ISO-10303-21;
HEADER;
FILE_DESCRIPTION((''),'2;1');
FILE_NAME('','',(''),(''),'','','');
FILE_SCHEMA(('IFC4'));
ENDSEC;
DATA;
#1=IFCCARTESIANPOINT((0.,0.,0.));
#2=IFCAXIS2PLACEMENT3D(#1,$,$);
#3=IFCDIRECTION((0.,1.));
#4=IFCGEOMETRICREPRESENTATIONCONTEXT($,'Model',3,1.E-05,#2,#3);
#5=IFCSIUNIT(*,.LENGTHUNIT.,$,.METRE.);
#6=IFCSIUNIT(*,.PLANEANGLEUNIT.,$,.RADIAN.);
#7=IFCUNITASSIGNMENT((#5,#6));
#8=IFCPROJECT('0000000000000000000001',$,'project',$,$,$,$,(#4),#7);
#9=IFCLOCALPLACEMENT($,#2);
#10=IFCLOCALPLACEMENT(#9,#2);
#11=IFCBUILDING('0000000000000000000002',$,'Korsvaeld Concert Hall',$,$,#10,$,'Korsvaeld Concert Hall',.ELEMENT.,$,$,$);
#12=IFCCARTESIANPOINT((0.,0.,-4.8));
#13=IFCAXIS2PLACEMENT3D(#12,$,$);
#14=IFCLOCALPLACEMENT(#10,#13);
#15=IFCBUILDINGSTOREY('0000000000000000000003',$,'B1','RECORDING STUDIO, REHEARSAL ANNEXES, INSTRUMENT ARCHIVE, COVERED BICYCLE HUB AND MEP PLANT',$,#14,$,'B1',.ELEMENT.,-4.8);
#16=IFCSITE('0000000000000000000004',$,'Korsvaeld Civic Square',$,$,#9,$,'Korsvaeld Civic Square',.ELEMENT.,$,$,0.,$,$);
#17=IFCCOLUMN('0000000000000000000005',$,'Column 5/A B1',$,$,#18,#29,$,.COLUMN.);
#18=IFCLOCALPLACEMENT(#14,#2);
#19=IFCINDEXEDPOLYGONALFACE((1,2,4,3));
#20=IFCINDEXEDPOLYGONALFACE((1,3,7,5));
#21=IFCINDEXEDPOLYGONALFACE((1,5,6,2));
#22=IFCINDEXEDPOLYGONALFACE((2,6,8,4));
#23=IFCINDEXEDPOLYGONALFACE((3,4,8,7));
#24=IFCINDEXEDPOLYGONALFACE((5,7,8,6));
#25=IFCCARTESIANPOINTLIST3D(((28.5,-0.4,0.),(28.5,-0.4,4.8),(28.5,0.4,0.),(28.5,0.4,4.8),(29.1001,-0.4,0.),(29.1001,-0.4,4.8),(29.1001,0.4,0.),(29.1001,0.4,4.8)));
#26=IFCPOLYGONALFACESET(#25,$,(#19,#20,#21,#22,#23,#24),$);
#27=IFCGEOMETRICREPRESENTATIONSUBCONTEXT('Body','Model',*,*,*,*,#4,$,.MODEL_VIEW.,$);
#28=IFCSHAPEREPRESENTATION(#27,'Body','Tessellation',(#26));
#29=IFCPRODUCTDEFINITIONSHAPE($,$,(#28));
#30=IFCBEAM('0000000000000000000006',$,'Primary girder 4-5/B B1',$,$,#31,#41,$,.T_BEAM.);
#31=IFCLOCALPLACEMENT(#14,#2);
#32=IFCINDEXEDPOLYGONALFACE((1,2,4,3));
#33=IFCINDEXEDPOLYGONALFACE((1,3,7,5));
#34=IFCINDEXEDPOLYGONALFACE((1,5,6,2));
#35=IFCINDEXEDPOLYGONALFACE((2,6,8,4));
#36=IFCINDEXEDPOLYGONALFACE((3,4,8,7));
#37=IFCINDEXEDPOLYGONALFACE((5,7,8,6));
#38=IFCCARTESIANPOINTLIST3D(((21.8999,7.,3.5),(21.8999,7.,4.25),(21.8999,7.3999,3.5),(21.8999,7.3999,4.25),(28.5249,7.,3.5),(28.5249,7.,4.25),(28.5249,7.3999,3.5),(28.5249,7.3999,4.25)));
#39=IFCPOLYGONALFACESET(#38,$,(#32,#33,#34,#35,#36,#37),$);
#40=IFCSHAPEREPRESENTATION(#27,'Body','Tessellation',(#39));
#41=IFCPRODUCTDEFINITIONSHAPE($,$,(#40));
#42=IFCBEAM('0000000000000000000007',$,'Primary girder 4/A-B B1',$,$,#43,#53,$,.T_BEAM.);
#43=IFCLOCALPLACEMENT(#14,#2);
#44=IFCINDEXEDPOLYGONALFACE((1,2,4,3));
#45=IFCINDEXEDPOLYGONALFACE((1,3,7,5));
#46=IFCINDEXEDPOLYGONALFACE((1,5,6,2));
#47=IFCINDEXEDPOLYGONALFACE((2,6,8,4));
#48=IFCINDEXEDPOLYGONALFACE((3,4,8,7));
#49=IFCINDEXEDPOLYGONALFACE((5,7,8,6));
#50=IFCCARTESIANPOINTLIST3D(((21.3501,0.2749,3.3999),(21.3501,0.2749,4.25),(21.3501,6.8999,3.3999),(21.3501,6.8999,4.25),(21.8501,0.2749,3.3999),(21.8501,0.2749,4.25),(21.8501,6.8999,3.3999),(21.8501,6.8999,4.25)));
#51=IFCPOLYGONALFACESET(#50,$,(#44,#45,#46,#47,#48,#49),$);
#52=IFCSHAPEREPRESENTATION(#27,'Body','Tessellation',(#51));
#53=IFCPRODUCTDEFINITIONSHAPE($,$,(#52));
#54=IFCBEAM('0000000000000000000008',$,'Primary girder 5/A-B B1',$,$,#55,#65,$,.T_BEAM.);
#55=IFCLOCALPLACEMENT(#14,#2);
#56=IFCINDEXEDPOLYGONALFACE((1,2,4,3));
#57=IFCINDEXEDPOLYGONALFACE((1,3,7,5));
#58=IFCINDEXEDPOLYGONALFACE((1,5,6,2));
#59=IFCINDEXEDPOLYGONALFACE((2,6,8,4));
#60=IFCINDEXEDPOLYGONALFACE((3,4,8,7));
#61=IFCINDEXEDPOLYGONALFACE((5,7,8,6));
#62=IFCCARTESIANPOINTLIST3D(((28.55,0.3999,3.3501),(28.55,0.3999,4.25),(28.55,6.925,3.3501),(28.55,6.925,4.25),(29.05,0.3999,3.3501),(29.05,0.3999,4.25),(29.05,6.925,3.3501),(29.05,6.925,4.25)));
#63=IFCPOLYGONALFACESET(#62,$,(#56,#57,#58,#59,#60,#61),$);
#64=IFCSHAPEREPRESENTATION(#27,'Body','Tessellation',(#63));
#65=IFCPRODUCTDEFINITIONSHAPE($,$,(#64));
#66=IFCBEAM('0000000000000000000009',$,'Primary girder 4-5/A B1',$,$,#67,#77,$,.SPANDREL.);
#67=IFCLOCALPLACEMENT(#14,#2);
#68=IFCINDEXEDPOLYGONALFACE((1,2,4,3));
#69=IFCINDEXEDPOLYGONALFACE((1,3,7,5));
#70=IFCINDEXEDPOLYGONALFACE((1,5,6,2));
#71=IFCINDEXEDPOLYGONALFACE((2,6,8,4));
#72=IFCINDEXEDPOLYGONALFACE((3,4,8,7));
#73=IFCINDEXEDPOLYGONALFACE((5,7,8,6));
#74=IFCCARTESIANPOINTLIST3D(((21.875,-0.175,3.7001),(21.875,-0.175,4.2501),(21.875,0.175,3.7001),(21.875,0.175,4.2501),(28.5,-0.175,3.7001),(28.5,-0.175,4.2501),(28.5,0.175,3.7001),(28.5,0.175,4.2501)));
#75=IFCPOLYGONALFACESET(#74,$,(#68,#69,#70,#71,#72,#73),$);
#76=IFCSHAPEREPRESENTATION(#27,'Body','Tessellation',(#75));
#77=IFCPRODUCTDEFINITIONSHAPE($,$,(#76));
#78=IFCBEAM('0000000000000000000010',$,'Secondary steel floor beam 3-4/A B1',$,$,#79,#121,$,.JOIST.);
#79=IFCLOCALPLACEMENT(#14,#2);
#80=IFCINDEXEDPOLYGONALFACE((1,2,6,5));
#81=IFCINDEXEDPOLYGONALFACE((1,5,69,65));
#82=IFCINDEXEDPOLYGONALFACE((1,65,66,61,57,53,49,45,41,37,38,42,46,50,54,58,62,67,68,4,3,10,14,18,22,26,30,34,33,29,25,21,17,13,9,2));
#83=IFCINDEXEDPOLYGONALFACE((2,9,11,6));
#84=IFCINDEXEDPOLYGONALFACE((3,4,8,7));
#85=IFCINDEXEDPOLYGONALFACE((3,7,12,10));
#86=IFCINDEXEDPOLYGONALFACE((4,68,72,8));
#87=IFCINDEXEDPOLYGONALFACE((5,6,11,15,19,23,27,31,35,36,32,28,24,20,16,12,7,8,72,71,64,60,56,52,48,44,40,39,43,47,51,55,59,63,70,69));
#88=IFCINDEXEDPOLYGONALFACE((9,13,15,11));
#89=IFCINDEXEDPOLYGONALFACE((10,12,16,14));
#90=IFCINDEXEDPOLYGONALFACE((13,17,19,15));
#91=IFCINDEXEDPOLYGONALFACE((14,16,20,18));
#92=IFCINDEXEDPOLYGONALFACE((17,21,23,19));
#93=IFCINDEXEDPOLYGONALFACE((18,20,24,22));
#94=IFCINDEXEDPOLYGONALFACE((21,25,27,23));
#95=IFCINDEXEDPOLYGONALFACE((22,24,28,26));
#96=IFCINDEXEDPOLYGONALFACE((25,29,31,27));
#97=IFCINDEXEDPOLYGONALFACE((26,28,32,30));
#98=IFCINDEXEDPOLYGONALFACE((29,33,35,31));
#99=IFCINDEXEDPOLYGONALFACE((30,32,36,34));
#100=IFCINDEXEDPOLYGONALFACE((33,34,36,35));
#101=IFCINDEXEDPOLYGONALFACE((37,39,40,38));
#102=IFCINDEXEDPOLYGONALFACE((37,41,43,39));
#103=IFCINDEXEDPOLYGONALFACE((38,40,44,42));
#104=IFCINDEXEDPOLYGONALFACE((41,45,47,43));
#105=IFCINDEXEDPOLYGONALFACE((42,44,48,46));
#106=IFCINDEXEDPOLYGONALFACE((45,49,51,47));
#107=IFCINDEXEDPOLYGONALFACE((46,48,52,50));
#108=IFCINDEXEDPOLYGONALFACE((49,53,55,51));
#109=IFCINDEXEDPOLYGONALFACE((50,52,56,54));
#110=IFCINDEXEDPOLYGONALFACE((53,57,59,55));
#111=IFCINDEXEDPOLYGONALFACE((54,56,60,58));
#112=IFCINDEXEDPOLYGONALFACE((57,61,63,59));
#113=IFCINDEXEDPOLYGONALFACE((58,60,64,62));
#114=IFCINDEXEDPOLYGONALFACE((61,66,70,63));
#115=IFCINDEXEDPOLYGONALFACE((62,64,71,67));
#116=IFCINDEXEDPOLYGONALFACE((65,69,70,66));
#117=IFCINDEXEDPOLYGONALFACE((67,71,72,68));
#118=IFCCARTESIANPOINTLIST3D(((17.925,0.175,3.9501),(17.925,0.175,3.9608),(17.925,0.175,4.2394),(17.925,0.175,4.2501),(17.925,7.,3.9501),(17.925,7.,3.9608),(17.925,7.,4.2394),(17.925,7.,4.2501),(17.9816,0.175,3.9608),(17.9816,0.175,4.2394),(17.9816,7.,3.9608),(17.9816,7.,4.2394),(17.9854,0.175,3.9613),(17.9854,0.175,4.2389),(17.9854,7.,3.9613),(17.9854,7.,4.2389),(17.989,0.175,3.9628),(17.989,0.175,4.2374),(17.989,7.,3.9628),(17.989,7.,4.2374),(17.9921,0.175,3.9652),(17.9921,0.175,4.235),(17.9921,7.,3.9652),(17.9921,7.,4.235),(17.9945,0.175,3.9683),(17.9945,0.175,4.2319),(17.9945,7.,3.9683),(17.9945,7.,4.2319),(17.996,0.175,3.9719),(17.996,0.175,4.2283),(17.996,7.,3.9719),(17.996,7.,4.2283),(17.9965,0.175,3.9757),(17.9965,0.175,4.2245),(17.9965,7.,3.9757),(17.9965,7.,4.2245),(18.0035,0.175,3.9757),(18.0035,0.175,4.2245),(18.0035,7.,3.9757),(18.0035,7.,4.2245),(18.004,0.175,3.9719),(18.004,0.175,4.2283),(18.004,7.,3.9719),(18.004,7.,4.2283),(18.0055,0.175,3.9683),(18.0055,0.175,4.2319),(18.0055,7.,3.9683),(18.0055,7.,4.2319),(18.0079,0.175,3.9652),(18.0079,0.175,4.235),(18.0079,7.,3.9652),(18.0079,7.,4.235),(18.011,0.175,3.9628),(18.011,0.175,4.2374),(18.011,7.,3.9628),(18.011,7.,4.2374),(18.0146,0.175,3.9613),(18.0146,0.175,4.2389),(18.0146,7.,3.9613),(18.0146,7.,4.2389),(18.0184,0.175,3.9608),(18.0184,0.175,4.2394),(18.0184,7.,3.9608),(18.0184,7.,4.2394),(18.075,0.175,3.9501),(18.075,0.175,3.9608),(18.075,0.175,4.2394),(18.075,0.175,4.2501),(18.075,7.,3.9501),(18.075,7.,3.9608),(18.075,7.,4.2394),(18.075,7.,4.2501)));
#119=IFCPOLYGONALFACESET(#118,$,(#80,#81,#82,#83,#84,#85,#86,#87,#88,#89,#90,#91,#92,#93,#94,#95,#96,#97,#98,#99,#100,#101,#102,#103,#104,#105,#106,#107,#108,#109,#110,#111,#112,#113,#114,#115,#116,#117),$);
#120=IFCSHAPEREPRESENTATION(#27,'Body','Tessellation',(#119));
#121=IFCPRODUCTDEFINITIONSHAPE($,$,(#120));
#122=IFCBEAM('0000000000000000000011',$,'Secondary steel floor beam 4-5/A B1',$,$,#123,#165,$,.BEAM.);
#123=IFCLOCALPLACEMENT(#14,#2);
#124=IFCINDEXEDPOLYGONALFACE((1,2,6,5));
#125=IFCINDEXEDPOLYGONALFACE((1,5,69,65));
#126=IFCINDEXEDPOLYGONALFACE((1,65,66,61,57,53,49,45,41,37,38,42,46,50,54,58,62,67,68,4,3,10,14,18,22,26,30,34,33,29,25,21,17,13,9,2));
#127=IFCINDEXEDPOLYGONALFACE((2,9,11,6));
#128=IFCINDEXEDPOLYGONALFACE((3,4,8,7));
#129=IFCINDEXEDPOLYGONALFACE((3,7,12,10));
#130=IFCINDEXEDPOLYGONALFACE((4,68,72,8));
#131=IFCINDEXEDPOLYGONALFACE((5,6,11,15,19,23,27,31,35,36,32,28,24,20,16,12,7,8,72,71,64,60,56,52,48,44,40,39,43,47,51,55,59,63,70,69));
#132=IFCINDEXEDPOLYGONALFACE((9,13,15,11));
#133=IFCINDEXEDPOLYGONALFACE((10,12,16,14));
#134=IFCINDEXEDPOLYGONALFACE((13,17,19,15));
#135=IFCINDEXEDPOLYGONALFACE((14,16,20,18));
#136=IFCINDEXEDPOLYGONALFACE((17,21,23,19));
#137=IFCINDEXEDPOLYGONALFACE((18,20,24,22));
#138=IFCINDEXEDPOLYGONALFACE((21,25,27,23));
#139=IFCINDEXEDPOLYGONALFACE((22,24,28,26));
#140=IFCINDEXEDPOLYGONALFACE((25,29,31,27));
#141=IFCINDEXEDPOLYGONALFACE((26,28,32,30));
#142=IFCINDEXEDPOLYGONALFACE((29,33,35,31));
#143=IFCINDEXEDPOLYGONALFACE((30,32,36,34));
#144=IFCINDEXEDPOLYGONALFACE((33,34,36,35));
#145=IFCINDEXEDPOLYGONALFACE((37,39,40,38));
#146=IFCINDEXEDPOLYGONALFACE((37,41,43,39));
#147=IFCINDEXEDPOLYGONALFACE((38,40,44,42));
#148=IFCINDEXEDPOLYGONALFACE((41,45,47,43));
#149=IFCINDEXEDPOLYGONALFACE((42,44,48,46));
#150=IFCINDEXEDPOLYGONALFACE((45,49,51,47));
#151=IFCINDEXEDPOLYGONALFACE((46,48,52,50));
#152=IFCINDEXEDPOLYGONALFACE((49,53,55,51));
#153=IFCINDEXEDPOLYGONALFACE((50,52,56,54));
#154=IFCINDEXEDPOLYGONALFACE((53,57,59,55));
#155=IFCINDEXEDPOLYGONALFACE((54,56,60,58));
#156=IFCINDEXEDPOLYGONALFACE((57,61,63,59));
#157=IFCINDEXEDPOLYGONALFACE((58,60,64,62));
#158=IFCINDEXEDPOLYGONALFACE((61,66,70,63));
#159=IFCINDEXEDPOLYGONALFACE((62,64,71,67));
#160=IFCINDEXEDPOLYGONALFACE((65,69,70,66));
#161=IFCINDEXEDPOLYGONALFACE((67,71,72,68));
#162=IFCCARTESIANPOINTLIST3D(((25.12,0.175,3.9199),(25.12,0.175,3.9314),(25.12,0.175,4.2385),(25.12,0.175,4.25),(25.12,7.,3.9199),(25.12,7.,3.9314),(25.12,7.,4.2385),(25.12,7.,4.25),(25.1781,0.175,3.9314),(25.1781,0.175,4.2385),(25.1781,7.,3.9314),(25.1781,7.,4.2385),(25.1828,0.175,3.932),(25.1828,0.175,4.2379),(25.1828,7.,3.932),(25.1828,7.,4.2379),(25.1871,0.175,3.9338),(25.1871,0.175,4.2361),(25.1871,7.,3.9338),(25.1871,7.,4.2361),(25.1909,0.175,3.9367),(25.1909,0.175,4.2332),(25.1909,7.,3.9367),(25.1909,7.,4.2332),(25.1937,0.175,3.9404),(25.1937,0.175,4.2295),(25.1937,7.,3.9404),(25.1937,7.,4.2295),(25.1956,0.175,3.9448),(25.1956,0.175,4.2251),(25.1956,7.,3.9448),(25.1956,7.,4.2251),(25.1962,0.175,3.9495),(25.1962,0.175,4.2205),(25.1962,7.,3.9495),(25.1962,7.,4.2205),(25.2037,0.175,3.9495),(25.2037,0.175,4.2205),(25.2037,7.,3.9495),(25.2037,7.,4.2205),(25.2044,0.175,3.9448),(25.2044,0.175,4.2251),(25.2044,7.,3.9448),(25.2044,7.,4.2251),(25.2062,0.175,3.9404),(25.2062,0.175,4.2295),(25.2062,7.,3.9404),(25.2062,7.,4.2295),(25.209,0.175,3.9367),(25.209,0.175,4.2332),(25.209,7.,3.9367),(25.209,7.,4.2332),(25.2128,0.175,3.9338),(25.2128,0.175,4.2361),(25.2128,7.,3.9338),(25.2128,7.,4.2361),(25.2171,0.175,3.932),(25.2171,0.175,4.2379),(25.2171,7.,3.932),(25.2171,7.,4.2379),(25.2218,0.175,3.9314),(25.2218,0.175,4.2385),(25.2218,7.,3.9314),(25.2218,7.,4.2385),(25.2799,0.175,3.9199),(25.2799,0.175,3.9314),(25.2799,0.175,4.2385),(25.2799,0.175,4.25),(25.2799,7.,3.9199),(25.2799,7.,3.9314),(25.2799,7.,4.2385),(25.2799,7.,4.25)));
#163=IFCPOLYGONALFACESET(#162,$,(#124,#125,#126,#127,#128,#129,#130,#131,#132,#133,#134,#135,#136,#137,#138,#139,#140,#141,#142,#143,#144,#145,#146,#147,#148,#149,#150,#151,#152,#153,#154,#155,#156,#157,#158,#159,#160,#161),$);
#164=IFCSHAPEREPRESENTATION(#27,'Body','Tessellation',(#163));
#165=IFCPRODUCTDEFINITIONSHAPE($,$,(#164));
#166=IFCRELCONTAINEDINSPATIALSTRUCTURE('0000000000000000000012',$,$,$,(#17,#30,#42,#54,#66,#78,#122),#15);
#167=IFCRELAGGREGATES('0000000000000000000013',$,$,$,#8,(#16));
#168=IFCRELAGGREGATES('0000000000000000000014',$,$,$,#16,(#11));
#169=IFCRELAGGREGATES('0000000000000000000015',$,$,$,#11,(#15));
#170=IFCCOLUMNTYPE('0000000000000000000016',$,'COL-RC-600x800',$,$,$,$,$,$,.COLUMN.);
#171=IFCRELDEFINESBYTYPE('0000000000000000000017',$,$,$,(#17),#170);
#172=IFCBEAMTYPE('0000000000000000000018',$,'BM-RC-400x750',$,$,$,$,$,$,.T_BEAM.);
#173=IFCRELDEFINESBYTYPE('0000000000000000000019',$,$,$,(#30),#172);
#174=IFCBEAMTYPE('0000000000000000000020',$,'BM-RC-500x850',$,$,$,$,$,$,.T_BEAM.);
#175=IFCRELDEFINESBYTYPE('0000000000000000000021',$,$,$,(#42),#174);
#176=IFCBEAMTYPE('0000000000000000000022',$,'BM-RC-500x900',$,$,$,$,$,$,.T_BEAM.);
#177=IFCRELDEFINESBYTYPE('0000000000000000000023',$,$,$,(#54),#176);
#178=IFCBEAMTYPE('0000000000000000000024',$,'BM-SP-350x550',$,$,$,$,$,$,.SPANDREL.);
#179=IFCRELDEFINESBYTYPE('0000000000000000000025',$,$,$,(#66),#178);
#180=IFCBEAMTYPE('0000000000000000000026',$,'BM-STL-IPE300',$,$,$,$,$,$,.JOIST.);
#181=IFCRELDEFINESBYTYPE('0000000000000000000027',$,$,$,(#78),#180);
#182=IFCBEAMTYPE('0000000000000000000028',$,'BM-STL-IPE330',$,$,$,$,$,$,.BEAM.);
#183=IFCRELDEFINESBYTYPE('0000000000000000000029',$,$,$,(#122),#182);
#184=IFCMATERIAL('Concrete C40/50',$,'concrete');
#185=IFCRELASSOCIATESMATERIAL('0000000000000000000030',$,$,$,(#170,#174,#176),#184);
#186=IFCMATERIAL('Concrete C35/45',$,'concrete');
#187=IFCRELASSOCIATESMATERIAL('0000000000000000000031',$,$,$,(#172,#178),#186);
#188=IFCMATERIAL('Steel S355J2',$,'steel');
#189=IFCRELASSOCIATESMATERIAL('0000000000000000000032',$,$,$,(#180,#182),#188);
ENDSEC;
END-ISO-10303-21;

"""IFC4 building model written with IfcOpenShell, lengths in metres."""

from ifc_helpers import new_model, si_unit, direction, frame, origin, origin_2d, place, context, subcontext, project, spatial, rectangle, i_section, extrude, material, material_profile, profile_set, type_object, element, save


model = new_model("IFC4")

# Units and contexts
model_context = context("Model", 3, precision=1e-05, world=origin(), true_north=direction((0.0, 1.0)))
body_context = subcontext(model_context, "Body", "Model", "MODEL_VIEW")
ifc_project = project(units=[si_unit("LENGTHUNIT", "METRE"), si_unit("PLANEANGLEUNIT", "RADIAN")], contexts=[model_context])

# Site, building, storey
site_placement = place(None, origin())
site = spatial("IfcSite", under=ifc_project, at=site_placement, Name="Korsvaeld Civic Square", LongName="Korsvaeld Civic Square", CompositionType="ELEMENT", RefElevation=0.0)
building_placement = place(site_placement, origin())
building = spatial("IfcBuilding", under=site, at=building_placement, Name="Korsvaeld Concert Hall", LongName="Korsvaeld Concert Hall", CompositionType="ELEMENT")
storey_placement = place(building_placement, frame((0.0, 0.0, -4.8)))
storey = spatial("IfcBuildingStorey", under=building, at=storey_placement, Name="B1", Description="RECORDING STUDIO, REHEARSAL ANNEXES, INSTRUMENT ARCHIVE, COVERED BICYCLE HUB AND MEP PLANT", LongName="B1", CompositionType="ELEMENT", Elevation=-4.8)

# Shared definitions
ifc_material_1 = material(Name="Concrete C35/45", Category="concrete")

# Column
ifc_material_2 = material(Name="Concrete C40/50", Category="concrete")
ifc_material_profile_1 = material_profile(ifc_material_2, rectangle(XDim=0.6001, YDim=0.8, at=origin_2d()), Name="RC 600x800")
ifc_profile_set_1 = profile_set([ifc_material_profile_1], Name="Concrete C40/50")
column_type_1 = type_object("IfcColumnType", Name="COL-RC-600x800", PredefinedType="COLUMN", material=ifc_profile_set_1)
column_1_placement = place(storey_placement, frame((28.8, 0.0, 0.0), z_axis=(0.0, 0.0, 1.0), x_axis=(1.0, 0.0, 0.0)))
element("IfcColumn", 1, at=column_1_placement, inside=storey, type_object=column_type_1, Name="Column 5/A B1", PredefinedType="COLUMN", context=body_context, shape_type="SweptSolid", body=[
    extrude(rectangle(XDim=0.6001, YDim=0.8, at=origin_2d()), origin(), (0.0, 0.0, 1.0), 4.8),
])

# Beams
ifc_material_profile_2 = material_profile(ifc_material_1, rectangle(XDim=0.3999, YDim=0.75, at=origin_2d()), Name="RC 400x750")
ifc_profile_set_2 = profile_set([ifc_material_profile_2], Name="Concrete C35/45")
beam_type_1 = type_object("IfcBeamType", Name="BM-RC-400x750", PredefinedType="T_BEAM", material=ifc_profile_set_2)
beam_1_placement = place(storey_placement, frame((21.8999, 7.2, 3.875), z_axis=(1.0, 0.0, 0.0), x_axis=(0.0, 1.0, 0.0)))
element("IfcBeam", 2, at=beam_1_placement, inside=storey, type_object=beam_type_1, Name="Primary girder 4-5/B B1", PredefinedType="T_BEAM", context=body_context, shape_type="SweptSolid", body=[
    extrude(rectangle(XDim=0.3999, YDim=0.75, at=origin_2d()), origin(), (0.0, 0.0, 1.0), 6.625),
])
ifc_material_profile_3 = material_profile(ifc_material_2, rectangle(XDim=0.5, YDim=0.8501, at=origin_2d()), Name="RC 500x850")
ifc_profile_set_3 = profile_set([ifc_material_profile_3], Name="Concrete C40/50")
beam_type_2 = type_object("IfcBeamType", Name="BM-RC-500x850", PredefinedType="T_BEAM", material=ifc_profile_set_3)
beam_2_placement = place(storey_placement, frame((21.6001, 0.2749, 3.825), z_axis=(0.0, 1.0, 0.0), x_axis=(-1.0, 0.0, 0.0)))
element("IfcBeam", 3, at=beam_2_placement, inside=storey, type_object=beam_type_2, Name="Primary girder 4/A-B B1", PredefinedType="T_BEAM", context=body_context, shape_type="SweptSolid", body=[
    extrude(rectangle(XDim=0.5, YDim=0.8501, at=origin_2d()), origin(), (0.0, 0.0, 1.0), 6.625),
])
ifc_material_profile_4 = material_profile(ifc_material_2, rectangle(XDim=0.5, YDim=0.8999, at=origin_2d()), Name="RC 500x900")
ifc_profile_set_4 = profile_set([ifc_material_profile_4], Name="Concrete C40/50")
beam_type_3 = type_object("IfcBeamType", Name="BM-RC-500x900", PredefinedType="T_BEAM", material=ifc_profile_set_4)
beam_3_placement = place(storey_placement, frame((28.8, 0.3999, 3.8), z_axis=(0.0, 1.0, 0.0), x_axis=(-1.0, 0.0, 0.0)))
element("IfcBeam", 4, at=beam_3_placement, inside=storey, type_object=beam_type_3, Name="Primary girder 5/A-B B1", PredefinedType="T_BEAM", context=body_context, shape_type="SweptSolid", body=[
    extrude(rectangle(XDim=0.5, YDim=0.8999, at=origin_2d()), origin(), (0.0, 0.0, 1.0), 6.5251),
])
ifc_material_profile_5 = material_profile(ifc_material_1, rectangle(XDim=0.3501, YDim=0.55, at=origin_2d()), Name="RC 350x550")
ifc_profile_set_5 = profile_set([ifc_material_profile_5], Name="Concrete C35/45")
beam_type_4 = type_object("IfcBeamType", Name="BM-SP-350x550", PredefinedType="SPANDREL", material=ifc_profile_set_5)
beam_4_placement = place(storey_placement, frame((21.875, 0.0, 3.9751), z_axis=(1.0, 0.0, 0.0), x_axis=(0.0, 1.0, 0.0)))
element("IfcBeam", 5, at=beam_4_placement, inside=storey, type_object=beam_type_4, Name="Primary girder 4-5/A B1", PredefinedType="SPANDREL", context=body_context, shape_type="SweptSolid", body=[
    extrude(rectangle(XDim=0.3501, YDim=0.55, at=origin_2d()), origin(), (0.0, 0.0, 1.0), 6.625),
])
ifc_material_3 = material(Name="Steel S355J2", Category="steel")
ifc_material_profile_6 = material_profile(ifc_material_3, i_section(OverallWidth=0.1499, OverallDepth=0.3, WebThickness=0.0071, FlangeThickness=0.0107, FilletRadius=0.0149, at=origin_2d()), Name="IPE 300")
ifc_profile_set_6 = profile_set([ifc_material_profile_6], Name="Steel S355J2")
beam_type_5 = type_object("IfcBeamType", Name="BM-STL-IPE300", PredefinedType="JOIST", material=ifc_profile_set_6)
beam_5_placement = place(storey_placement, frame((18.0, 0.175, 4.1001), z_axis=(0.0, 1.0, 0.0), x_axis=(-1.0, 0.0, 0.0)))
element("IfcBeam", 6, at=beam_5_placement, inside=storey, type_object=beam_type_5, Name="Secondary steel floor beam 3-4/A B1", PredefinedType="JOIST", context=body_context, shape_type="SweptSolid", body=[
    extrude(i_section(OverallWidth=0.1499, OverallDepth=0.3, WebThickness=0.0071, FlangeThickness=0.0107, FilletRadius=0.0149, at=origin_2d()), origin(), (0.0, 0.0, 1.0), 6.825),
])
ifc_material_profile_7 = material_profile(ifc_material_3, i_section(OverallWidth=0.1599, OverallDepth=0.3301, WebThickness=0.0076, FlangeThickness=0.0115, FilletRadius=0.0181, at=origin_2d()), Name="IPE 330")
ifc_profile_set_7 = profile_set([ifc_material_profile_7], Name="Steel S355J2")
beam_type_6 = type_object("IfcBeamType", Name="BM-STL-IPE330", PredefinedType="BEAM", material=ifc_profile_set_7)
beam_6_placement = place(storey_placement, frame((25.2, 0.175, 4.085), z_axis=(0.0, 1.0, 0.0), x_axis=(-1.0, 0.0, 0.0)))
element("IfcBeam", 7, at=beam_6_placement, inside=storey, type_object=beam_type_6, Name="Secondary steel floor beam 4-5/A B1", PredefinedType="BEAM", context=body_context, shape_type="SweptSolid", body=[
    extrude(i_section(OverallWidth=0.1599, OverallDepth=0.3301, WebThickness=0.0076, FlangeThickness=0.0115, FilletRadius=0.0181, at=origin_2d()), origin(), (0.0, 0.0, 1.0), 6.825),
])

save(model, "model.ifc")
